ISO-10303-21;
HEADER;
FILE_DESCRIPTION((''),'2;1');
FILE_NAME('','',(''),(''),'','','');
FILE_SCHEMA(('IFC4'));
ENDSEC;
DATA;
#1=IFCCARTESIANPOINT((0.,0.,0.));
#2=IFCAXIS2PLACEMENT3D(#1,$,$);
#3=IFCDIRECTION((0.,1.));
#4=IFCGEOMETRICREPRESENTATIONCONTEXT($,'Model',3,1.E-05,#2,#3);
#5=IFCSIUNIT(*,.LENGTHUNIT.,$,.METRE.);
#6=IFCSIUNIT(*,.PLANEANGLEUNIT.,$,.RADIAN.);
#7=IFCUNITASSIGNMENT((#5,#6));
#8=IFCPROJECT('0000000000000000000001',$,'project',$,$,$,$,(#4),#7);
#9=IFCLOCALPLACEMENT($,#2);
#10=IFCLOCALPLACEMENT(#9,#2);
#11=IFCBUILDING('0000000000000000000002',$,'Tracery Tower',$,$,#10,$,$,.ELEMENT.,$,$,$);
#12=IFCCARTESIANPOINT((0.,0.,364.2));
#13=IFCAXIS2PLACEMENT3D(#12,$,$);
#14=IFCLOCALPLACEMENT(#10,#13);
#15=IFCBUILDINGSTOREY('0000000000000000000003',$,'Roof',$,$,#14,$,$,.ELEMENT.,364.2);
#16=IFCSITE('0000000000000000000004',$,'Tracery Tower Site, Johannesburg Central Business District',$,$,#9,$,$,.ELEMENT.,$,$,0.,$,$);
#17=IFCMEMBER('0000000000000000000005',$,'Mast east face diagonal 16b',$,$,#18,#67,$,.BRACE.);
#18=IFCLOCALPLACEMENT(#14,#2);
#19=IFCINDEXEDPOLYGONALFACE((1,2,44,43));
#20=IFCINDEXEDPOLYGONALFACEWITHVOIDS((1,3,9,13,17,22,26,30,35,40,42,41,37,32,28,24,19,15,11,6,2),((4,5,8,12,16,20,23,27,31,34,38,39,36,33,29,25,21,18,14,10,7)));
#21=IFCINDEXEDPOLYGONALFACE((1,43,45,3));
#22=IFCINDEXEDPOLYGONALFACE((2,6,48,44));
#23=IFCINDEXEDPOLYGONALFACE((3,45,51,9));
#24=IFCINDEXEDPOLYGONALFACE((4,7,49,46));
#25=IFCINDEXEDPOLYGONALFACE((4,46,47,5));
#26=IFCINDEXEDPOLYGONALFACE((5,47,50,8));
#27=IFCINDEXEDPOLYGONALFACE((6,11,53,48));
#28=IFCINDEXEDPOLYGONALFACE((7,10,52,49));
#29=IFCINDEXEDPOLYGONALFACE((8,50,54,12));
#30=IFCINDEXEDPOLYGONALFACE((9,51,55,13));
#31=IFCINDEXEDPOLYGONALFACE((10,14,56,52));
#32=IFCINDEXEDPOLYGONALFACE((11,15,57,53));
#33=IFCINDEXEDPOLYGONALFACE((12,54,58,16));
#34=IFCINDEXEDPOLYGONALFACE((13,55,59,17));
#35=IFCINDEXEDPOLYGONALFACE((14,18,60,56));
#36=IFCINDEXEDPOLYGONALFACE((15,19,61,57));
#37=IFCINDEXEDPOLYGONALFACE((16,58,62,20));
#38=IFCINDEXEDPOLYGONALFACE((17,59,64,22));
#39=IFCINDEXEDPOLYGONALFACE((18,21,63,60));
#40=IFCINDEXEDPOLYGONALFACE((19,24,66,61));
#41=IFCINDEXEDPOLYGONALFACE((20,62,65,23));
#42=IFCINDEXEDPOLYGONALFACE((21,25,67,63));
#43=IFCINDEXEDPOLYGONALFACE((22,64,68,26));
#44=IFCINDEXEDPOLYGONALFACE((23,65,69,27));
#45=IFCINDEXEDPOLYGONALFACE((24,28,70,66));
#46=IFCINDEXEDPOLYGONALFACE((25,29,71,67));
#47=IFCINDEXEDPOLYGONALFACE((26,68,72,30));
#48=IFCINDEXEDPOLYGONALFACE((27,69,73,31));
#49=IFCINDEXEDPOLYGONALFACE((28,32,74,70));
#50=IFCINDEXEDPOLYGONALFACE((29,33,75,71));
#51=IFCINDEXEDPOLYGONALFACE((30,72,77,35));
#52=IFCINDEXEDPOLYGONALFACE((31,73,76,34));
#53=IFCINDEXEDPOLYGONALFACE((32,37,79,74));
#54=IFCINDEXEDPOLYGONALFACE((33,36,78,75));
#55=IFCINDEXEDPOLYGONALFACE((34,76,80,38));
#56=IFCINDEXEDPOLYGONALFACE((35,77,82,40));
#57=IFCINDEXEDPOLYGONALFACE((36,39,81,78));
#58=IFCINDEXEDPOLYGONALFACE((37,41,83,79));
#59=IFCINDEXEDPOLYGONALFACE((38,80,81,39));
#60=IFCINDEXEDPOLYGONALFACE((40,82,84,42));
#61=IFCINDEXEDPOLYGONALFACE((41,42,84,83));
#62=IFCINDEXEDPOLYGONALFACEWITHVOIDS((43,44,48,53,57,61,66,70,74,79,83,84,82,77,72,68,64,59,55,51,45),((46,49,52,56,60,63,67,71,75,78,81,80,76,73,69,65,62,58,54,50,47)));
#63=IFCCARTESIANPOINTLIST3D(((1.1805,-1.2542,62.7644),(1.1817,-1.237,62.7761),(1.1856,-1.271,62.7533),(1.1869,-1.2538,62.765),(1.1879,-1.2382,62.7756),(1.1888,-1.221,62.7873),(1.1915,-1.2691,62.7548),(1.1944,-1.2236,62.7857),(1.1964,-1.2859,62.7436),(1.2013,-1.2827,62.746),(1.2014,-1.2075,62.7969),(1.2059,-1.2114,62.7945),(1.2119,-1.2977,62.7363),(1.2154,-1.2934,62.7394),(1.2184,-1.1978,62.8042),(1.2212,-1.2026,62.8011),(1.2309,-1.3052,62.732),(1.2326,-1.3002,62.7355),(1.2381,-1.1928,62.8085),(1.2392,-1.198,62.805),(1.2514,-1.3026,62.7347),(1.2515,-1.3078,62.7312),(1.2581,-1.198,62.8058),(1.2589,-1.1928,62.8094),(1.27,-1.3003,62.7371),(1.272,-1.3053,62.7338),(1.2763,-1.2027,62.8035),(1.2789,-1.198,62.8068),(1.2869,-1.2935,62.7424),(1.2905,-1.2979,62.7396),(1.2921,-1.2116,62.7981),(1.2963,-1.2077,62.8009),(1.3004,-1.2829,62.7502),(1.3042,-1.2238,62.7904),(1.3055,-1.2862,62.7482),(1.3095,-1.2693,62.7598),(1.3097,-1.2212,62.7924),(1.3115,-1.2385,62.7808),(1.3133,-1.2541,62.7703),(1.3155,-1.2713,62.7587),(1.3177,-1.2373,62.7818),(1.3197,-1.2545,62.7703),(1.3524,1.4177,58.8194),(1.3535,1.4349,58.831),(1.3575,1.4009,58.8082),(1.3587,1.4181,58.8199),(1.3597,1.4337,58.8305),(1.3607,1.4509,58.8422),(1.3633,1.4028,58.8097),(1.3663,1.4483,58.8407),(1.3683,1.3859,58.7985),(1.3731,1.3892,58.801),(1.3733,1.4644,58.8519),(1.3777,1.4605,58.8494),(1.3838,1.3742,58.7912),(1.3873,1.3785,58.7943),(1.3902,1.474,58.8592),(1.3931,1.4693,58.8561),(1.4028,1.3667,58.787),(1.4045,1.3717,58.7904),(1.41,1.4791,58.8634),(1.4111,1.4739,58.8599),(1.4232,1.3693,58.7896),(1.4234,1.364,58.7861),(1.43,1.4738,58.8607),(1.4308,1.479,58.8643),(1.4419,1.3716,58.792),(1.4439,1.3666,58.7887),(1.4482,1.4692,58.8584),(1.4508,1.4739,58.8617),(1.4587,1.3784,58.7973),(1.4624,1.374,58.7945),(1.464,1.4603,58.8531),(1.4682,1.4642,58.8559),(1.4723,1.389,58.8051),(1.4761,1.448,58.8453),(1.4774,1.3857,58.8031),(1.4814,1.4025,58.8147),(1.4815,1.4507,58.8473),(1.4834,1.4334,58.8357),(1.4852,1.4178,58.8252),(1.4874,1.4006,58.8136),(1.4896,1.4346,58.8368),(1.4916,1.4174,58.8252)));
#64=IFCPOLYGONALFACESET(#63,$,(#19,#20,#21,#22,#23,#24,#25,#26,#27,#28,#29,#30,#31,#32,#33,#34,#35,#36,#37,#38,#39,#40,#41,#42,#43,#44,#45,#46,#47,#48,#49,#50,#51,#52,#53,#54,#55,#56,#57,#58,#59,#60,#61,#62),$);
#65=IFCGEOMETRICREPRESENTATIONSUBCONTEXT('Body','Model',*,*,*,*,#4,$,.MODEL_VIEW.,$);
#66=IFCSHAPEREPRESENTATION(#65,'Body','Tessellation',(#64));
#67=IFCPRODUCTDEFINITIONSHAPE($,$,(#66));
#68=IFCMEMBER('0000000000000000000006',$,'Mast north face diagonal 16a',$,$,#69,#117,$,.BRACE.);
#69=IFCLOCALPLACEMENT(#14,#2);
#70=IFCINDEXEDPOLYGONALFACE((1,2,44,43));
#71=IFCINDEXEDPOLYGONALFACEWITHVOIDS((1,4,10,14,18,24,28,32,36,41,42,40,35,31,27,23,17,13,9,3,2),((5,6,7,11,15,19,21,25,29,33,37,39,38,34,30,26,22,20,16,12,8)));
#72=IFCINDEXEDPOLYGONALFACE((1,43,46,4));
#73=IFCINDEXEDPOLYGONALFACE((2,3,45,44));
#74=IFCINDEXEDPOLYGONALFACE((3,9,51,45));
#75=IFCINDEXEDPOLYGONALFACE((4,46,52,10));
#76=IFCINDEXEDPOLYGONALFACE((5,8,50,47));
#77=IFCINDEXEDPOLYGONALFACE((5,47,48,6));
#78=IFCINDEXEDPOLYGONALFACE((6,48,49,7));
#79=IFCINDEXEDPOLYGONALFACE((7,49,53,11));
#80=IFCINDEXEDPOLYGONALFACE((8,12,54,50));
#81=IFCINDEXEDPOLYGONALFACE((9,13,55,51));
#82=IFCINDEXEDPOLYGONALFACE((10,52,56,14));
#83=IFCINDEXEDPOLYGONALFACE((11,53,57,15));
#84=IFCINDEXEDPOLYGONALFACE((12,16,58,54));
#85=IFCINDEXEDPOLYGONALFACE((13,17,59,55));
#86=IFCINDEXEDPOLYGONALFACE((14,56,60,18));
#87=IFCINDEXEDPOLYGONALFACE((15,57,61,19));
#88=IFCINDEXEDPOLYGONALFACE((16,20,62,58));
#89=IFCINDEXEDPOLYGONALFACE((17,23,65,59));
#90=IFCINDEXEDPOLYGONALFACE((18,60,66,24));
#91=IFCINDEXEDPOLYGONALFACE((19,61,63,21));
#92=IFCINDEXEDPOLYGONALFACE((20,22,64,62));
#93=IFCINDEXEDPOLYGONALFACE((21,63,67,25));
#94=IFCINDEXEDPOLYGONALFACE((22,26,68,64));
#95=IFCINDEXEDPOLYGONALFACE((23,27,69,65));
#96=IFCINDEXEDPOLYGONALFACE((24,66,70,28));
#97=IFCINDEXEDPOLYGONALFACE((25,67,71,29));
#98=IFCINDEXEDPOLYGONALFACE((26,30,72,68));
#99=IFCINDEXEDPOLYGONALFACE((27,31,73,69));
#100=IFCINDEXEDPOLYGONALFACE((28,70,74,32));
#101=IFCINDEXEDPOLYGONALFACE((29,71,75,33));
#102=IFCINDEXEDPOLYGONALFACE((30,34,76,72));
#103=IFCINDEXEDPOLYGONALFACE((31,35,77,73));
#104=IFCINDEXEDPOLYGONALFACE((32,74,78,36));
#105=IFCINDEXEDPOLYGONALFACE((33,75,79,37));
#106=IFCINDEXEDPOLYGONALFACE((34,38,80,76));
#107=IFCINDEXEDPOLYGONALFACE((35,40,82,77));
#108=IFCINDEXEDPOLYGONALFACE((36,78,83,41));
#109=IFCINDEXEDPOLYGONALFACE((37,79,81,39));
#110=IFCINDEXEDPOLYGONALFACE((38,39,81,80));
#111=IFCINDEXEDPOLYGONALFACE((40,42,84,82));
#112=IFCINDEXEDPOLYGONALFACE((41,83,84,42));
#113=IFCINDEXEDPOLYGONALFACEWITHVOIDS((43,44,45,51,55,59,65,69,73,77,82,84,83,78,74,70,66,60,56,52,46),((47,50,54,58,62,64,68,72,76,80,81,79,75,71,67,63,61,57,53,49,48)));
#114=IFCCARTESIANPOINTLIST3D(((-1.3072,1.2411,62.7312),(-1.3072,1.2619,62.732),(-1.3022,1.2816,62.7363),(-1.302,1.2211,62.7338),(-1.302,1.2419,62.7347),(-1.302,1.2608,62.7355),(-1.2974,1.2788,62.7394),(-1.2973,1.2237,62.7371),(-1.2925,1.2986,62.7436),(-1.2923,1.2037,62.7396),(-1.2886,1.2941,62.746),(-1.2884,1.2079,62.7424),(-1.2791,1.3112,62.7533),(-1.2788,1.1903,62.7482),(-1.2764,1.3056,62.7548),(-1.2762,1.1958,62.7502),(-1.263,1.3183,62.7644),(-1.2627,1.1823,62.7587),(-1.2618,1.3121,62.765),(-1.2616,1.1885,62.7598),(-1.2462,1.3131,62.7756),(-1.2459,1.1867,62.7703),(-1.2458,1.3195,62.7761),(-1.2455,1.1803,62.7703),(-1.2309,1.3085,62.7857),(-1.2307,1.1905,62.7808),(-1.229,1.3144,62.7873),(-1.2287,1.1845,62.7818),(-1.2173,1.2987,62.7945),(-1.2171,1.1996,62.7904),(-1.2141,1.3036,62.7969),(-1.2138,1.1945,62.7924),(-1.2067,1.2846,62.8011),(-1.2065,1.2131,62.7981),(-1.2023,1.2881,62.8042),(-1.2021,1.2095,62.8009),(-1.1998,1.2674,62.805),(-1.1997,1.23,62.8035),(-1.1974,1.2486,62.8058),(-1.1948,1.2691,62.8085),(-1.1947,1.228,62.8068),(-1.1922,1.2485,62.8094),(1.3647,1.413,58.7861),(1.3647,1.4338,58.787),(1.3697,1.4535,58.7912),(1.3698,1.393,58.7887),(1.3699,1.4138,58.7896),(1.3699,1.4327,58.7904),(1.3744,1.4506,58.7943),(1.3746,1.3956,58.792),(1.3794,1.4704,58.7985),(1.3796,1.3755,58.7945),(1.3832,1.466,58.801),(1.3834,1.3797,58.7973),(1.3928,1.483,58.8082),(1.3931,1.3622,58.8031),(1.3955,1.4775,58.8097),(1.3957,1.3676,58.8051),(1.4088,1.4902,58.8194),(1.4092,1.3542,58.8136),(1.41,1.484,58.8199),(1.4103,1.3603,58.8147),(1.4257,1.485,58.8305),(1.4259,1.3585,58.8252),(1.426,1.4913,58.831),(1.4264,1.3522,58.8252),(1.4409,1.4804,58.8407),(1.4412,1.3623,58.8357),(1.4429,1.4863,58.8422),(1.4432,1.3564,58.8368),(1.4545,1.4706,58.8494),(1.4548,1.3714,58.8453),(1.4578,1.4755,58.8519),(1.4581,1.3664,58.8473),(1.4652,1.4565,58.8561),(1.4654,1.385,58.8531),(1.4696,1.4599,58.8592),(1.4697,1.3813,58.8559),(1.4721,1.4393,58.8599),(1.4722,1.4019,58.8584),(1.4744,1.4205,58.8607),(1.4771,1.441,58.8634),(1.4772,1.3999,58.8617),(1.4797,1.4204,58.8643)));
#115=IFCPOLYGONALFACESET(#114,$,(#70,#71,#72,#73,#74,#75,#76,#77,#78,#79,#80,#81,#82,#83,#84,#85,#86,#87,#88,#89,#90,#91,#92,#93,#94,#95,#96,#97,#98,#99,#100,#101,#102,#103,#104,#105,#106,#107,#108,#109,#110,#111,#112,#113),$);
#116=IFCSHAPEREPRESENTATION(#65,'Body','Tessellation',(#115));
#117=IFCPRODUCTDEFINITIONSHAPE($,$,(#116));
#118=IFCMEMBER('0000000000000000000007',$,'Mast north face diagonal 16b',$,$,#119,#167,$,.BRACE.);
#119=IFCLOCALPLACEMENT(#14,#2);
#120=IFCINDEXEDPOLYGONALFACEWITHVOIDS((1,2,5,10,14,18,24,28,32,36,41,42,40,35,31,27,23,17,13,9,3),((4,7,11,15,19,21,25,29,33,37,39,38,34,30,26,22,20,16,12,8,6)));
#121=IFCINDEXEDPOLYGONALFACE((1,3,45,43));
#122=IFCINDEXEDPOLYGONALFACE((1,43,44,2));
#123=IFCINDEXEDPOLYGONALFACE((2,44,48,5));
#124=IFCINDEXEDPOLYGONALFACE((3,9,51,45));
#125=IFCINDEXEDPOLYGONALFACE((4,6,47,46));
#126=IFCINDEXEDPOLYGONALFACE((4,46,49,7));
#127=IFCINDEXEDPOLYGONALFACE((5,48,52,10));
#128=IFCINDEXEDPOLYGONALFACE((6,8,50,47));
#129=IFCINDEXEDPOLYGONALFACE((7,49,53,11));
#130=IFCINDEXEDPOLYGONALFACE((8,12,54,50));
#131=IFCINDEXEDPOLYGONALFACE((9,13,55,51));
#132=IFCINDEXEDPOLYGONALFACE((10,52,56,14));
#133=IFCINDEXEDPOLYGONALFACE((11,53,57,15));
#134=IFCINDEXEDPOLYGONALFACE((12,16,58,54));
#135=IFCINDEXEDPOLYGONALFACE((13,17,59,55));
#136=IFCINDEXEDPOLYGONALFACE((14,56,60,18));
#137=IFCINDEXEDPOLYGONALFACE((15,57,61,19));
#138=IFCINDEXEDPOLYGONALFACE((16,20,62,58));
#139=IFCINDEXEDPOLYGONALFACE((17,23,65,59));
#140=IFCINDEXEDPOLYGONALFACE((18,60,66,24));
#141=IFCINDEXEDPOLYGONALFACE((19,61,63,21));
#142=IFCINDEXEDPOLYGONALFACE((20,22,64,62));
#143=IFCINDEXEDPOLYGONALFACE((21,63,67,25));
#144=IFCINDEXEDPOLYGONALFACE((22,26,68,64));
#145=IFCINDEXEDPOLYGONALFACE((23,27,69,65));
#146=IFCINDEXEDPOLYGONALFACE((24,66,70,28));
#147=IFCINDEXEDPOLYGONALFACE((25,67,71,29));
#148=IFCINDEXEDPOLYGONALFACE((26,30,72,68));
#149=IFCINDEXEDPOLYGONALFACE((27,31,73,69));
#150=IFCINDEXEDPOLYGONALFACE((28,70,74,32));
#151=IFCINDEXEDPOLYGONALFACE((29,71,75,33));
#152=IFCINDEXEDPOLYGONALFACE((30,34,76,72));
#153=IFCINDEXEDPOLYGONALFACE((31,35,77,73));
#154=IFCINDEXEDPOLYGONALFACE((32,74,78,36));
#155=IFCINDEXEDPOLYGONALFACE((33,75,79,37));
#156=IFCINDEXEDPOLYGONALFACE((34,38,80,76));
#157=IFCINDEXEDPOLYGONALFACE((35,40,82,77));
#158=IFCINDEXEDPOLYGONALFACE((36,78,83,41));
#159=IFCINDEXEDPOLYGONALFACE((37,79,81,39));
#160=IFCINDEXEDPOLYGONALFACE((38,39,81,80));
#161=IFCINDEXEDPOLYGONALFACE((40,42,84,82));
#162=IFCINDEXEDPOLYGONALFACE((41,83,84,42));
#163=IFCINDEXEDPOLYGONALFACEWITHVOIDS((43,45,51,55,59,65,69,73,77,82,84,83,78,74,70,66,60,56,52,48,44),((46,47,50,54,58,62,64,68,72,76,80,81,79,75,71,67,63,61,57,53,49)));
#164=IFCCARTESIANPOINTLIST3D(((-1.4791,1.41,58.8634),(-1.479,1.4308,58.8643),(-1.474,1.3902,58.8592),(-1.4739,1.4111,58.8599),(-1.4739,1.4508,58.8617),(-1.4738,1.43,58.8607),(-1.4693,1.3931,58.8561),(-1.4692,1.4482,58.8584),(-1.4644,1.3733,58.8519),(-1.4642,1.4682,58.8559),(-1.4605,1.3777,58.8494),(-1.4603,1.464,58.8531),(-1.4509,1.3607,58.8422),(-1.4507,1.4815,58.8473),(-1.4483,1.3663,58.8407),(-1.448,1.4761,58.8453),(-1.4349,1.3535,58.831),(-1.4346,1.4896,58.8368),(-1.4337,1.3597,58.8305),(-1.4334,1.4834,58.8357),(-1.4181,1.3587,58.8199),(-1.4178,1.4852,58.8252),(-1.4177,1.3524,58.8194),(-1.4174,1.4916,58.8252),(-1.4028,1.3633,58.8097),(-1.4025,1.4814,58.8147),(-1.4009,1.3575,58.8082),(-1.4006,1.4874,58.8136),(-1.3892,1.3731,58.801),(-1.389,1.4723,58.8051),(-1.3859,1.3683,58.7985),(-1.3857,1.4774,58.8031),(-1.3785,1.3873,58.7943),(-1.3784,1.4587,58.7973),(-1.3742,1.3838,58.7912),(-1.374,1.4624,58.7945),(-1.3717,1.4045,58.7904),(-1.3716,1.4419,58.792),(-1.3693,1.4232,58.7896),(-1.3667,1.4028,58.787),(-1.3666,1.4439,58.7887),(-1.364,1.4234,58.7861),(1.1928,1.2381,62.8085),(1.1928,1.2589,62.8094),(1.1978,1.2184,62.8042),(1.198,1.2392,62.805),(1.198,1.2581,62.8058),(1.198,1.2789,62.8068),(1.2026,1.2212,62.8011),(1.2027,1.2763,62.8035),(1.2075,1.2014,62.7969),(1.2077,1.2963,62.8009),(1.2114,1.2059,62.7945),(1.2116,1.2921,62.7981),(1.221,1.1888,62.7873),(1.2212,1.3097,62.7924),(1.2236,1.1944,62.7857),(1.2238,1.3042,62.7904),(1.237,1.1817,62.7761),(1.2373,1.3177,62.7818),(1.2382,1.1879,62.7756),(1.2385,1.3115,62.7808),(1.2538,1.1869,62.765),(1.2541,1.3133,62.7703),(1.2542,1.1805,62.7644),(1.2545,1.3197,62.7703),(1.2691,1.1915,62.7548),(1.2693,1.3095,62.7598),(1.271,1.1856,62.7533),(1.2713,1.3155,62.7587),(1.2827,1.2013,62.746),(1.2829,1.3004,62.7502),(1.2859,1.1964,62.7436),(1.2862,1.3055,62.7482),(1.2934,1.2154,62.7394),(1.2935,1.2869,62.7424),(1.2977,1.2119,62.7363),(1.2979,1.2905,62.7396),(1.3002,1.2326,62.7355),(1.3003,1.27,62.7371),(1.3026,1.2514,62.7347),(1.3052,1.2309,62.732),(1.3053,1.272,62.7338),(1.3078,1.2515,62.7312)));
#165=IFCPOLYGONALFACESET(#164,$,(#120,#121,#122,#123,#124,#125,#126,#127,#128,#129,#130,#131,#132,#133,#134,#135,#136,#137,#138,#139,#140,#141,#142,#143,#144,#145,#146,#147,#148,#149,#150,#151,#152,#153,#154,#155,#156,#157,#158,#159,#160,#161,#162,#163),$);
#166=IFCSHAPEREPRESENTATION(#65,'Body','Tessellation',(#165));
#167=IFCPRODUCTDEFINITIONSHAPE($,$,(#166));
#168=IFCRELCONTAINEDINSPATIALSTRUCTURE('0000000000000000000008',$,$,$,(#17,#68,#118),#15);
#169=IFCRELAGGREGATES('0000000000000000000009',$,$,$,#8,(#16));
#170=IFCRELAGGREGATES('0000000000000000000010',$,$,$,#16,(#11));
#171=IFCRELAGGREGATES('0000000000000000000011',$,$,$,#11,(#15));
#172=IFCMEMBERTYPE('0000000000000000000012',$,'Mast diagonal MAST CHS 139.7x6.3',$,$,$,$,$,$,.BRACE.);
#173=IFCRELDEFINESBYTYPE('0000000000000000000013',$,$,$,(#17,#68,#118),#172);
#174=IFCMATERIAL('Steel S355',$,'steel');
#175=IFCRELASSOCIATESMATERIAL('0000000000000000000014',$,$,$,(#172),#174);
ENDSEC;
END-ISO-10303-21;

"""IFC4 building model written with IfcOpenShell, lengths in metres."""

from ifc_helpers import new_model, si_unit, direction, frame, origin, origin_2d, place, context, subcontext, project, spatial, hollow_circle, extrude, material, material_profile, profile_set, type_object, element, save


model = new_model("IFC4")

# Units and contexts
model_context = context("Model", 3, precision=1e-05, world=origin(), true_north=direction((0.0, 1.0)))
body_context = subcontext(model_context, "Body", "Model", "MODEL_VIEW")
ifc_project = project(units=[si_unit("LENGTHUNIT", "METRE"), si_unit("PLANEANGLEUNIT", "RADIAN")], contexts=[model_context])

# Site, building, storey
site_placement = place(None, origin())
site = spatial("IfcSite", under=ifc_project, at=site_placement, Name="Tracery Tower Site, Johannesburg Central Business District", CompositionType="ELEMENT", RefElevation=0.0)
building_placement = place(site_placement, origin())
building = spatial("IfcBuilding", under=site, at=building_placement, Name="Tracery Tower", CompositionType="ELEMENT")
storey_placement = place(building_placement, frame((0.0, 0.0, 364.2)))
storey = spatial("IfcBuildingStorey", under=building, at=storey_placement, Name="Roof", CompositionType="ELEMENT", Elevation=364.2)

# Members
ifc_material_1 = material(Name="Steel S355", Category="steel")
ifc_material_profile_1 = material_profile(ifc_material_1, hollow_circle(Radius=0.0698, WallThickness=0.0063, at=origin_2d()), Name="CHS 139.7x6.3")
ifc_profile_set_1 = profile_set([ifc_material_profile_1], Name="Steel S355")
member_type_1 = type_object("IfcMemberType", Name="Mast diagonal MAST CHS 139.7x6.3", PredefinedType="BRACE", material=ifc_profile_set_1)
for number, where, z_axis, x_axis, name in (
    (1, (1.4219, 1.4219, 58.8252), (-0.036049, -0.560399, 0.827438), (0.997937, -0.064195, 0.0), "Mast east face diagonal 16b"),
    (2, (1.4219, 1.4219, 58.8252), (-0.560399, -0.036049, 0.827438), (0.064195, -0.997937, 0.0), "Mast north face diagonal 16a"),
    (3, (-1.4219, 1.4219, 58.8252), (0.560399, -0.036049, 0.827438), (0.064195, 0.997937, 0.0), "Mast north face diagonal 16b"),
):
    element("IfcMember", number, at=place(storey_placement, frame(where, z_axis=z_axis, x_axis=x_axis)), inside=storey, type_object=member_type_1, Name=name, PredefinedType="BRACE", context=body_context, shape_type="SweptSolid", body=[
        extrude(hollow_circle(Radius=0.0698, WallThickness=0.0063, at=origin_2d()), origin(), (0.0, 0.0, 1.0), 4.7678),
    ])

save(model, "model.ifc")
